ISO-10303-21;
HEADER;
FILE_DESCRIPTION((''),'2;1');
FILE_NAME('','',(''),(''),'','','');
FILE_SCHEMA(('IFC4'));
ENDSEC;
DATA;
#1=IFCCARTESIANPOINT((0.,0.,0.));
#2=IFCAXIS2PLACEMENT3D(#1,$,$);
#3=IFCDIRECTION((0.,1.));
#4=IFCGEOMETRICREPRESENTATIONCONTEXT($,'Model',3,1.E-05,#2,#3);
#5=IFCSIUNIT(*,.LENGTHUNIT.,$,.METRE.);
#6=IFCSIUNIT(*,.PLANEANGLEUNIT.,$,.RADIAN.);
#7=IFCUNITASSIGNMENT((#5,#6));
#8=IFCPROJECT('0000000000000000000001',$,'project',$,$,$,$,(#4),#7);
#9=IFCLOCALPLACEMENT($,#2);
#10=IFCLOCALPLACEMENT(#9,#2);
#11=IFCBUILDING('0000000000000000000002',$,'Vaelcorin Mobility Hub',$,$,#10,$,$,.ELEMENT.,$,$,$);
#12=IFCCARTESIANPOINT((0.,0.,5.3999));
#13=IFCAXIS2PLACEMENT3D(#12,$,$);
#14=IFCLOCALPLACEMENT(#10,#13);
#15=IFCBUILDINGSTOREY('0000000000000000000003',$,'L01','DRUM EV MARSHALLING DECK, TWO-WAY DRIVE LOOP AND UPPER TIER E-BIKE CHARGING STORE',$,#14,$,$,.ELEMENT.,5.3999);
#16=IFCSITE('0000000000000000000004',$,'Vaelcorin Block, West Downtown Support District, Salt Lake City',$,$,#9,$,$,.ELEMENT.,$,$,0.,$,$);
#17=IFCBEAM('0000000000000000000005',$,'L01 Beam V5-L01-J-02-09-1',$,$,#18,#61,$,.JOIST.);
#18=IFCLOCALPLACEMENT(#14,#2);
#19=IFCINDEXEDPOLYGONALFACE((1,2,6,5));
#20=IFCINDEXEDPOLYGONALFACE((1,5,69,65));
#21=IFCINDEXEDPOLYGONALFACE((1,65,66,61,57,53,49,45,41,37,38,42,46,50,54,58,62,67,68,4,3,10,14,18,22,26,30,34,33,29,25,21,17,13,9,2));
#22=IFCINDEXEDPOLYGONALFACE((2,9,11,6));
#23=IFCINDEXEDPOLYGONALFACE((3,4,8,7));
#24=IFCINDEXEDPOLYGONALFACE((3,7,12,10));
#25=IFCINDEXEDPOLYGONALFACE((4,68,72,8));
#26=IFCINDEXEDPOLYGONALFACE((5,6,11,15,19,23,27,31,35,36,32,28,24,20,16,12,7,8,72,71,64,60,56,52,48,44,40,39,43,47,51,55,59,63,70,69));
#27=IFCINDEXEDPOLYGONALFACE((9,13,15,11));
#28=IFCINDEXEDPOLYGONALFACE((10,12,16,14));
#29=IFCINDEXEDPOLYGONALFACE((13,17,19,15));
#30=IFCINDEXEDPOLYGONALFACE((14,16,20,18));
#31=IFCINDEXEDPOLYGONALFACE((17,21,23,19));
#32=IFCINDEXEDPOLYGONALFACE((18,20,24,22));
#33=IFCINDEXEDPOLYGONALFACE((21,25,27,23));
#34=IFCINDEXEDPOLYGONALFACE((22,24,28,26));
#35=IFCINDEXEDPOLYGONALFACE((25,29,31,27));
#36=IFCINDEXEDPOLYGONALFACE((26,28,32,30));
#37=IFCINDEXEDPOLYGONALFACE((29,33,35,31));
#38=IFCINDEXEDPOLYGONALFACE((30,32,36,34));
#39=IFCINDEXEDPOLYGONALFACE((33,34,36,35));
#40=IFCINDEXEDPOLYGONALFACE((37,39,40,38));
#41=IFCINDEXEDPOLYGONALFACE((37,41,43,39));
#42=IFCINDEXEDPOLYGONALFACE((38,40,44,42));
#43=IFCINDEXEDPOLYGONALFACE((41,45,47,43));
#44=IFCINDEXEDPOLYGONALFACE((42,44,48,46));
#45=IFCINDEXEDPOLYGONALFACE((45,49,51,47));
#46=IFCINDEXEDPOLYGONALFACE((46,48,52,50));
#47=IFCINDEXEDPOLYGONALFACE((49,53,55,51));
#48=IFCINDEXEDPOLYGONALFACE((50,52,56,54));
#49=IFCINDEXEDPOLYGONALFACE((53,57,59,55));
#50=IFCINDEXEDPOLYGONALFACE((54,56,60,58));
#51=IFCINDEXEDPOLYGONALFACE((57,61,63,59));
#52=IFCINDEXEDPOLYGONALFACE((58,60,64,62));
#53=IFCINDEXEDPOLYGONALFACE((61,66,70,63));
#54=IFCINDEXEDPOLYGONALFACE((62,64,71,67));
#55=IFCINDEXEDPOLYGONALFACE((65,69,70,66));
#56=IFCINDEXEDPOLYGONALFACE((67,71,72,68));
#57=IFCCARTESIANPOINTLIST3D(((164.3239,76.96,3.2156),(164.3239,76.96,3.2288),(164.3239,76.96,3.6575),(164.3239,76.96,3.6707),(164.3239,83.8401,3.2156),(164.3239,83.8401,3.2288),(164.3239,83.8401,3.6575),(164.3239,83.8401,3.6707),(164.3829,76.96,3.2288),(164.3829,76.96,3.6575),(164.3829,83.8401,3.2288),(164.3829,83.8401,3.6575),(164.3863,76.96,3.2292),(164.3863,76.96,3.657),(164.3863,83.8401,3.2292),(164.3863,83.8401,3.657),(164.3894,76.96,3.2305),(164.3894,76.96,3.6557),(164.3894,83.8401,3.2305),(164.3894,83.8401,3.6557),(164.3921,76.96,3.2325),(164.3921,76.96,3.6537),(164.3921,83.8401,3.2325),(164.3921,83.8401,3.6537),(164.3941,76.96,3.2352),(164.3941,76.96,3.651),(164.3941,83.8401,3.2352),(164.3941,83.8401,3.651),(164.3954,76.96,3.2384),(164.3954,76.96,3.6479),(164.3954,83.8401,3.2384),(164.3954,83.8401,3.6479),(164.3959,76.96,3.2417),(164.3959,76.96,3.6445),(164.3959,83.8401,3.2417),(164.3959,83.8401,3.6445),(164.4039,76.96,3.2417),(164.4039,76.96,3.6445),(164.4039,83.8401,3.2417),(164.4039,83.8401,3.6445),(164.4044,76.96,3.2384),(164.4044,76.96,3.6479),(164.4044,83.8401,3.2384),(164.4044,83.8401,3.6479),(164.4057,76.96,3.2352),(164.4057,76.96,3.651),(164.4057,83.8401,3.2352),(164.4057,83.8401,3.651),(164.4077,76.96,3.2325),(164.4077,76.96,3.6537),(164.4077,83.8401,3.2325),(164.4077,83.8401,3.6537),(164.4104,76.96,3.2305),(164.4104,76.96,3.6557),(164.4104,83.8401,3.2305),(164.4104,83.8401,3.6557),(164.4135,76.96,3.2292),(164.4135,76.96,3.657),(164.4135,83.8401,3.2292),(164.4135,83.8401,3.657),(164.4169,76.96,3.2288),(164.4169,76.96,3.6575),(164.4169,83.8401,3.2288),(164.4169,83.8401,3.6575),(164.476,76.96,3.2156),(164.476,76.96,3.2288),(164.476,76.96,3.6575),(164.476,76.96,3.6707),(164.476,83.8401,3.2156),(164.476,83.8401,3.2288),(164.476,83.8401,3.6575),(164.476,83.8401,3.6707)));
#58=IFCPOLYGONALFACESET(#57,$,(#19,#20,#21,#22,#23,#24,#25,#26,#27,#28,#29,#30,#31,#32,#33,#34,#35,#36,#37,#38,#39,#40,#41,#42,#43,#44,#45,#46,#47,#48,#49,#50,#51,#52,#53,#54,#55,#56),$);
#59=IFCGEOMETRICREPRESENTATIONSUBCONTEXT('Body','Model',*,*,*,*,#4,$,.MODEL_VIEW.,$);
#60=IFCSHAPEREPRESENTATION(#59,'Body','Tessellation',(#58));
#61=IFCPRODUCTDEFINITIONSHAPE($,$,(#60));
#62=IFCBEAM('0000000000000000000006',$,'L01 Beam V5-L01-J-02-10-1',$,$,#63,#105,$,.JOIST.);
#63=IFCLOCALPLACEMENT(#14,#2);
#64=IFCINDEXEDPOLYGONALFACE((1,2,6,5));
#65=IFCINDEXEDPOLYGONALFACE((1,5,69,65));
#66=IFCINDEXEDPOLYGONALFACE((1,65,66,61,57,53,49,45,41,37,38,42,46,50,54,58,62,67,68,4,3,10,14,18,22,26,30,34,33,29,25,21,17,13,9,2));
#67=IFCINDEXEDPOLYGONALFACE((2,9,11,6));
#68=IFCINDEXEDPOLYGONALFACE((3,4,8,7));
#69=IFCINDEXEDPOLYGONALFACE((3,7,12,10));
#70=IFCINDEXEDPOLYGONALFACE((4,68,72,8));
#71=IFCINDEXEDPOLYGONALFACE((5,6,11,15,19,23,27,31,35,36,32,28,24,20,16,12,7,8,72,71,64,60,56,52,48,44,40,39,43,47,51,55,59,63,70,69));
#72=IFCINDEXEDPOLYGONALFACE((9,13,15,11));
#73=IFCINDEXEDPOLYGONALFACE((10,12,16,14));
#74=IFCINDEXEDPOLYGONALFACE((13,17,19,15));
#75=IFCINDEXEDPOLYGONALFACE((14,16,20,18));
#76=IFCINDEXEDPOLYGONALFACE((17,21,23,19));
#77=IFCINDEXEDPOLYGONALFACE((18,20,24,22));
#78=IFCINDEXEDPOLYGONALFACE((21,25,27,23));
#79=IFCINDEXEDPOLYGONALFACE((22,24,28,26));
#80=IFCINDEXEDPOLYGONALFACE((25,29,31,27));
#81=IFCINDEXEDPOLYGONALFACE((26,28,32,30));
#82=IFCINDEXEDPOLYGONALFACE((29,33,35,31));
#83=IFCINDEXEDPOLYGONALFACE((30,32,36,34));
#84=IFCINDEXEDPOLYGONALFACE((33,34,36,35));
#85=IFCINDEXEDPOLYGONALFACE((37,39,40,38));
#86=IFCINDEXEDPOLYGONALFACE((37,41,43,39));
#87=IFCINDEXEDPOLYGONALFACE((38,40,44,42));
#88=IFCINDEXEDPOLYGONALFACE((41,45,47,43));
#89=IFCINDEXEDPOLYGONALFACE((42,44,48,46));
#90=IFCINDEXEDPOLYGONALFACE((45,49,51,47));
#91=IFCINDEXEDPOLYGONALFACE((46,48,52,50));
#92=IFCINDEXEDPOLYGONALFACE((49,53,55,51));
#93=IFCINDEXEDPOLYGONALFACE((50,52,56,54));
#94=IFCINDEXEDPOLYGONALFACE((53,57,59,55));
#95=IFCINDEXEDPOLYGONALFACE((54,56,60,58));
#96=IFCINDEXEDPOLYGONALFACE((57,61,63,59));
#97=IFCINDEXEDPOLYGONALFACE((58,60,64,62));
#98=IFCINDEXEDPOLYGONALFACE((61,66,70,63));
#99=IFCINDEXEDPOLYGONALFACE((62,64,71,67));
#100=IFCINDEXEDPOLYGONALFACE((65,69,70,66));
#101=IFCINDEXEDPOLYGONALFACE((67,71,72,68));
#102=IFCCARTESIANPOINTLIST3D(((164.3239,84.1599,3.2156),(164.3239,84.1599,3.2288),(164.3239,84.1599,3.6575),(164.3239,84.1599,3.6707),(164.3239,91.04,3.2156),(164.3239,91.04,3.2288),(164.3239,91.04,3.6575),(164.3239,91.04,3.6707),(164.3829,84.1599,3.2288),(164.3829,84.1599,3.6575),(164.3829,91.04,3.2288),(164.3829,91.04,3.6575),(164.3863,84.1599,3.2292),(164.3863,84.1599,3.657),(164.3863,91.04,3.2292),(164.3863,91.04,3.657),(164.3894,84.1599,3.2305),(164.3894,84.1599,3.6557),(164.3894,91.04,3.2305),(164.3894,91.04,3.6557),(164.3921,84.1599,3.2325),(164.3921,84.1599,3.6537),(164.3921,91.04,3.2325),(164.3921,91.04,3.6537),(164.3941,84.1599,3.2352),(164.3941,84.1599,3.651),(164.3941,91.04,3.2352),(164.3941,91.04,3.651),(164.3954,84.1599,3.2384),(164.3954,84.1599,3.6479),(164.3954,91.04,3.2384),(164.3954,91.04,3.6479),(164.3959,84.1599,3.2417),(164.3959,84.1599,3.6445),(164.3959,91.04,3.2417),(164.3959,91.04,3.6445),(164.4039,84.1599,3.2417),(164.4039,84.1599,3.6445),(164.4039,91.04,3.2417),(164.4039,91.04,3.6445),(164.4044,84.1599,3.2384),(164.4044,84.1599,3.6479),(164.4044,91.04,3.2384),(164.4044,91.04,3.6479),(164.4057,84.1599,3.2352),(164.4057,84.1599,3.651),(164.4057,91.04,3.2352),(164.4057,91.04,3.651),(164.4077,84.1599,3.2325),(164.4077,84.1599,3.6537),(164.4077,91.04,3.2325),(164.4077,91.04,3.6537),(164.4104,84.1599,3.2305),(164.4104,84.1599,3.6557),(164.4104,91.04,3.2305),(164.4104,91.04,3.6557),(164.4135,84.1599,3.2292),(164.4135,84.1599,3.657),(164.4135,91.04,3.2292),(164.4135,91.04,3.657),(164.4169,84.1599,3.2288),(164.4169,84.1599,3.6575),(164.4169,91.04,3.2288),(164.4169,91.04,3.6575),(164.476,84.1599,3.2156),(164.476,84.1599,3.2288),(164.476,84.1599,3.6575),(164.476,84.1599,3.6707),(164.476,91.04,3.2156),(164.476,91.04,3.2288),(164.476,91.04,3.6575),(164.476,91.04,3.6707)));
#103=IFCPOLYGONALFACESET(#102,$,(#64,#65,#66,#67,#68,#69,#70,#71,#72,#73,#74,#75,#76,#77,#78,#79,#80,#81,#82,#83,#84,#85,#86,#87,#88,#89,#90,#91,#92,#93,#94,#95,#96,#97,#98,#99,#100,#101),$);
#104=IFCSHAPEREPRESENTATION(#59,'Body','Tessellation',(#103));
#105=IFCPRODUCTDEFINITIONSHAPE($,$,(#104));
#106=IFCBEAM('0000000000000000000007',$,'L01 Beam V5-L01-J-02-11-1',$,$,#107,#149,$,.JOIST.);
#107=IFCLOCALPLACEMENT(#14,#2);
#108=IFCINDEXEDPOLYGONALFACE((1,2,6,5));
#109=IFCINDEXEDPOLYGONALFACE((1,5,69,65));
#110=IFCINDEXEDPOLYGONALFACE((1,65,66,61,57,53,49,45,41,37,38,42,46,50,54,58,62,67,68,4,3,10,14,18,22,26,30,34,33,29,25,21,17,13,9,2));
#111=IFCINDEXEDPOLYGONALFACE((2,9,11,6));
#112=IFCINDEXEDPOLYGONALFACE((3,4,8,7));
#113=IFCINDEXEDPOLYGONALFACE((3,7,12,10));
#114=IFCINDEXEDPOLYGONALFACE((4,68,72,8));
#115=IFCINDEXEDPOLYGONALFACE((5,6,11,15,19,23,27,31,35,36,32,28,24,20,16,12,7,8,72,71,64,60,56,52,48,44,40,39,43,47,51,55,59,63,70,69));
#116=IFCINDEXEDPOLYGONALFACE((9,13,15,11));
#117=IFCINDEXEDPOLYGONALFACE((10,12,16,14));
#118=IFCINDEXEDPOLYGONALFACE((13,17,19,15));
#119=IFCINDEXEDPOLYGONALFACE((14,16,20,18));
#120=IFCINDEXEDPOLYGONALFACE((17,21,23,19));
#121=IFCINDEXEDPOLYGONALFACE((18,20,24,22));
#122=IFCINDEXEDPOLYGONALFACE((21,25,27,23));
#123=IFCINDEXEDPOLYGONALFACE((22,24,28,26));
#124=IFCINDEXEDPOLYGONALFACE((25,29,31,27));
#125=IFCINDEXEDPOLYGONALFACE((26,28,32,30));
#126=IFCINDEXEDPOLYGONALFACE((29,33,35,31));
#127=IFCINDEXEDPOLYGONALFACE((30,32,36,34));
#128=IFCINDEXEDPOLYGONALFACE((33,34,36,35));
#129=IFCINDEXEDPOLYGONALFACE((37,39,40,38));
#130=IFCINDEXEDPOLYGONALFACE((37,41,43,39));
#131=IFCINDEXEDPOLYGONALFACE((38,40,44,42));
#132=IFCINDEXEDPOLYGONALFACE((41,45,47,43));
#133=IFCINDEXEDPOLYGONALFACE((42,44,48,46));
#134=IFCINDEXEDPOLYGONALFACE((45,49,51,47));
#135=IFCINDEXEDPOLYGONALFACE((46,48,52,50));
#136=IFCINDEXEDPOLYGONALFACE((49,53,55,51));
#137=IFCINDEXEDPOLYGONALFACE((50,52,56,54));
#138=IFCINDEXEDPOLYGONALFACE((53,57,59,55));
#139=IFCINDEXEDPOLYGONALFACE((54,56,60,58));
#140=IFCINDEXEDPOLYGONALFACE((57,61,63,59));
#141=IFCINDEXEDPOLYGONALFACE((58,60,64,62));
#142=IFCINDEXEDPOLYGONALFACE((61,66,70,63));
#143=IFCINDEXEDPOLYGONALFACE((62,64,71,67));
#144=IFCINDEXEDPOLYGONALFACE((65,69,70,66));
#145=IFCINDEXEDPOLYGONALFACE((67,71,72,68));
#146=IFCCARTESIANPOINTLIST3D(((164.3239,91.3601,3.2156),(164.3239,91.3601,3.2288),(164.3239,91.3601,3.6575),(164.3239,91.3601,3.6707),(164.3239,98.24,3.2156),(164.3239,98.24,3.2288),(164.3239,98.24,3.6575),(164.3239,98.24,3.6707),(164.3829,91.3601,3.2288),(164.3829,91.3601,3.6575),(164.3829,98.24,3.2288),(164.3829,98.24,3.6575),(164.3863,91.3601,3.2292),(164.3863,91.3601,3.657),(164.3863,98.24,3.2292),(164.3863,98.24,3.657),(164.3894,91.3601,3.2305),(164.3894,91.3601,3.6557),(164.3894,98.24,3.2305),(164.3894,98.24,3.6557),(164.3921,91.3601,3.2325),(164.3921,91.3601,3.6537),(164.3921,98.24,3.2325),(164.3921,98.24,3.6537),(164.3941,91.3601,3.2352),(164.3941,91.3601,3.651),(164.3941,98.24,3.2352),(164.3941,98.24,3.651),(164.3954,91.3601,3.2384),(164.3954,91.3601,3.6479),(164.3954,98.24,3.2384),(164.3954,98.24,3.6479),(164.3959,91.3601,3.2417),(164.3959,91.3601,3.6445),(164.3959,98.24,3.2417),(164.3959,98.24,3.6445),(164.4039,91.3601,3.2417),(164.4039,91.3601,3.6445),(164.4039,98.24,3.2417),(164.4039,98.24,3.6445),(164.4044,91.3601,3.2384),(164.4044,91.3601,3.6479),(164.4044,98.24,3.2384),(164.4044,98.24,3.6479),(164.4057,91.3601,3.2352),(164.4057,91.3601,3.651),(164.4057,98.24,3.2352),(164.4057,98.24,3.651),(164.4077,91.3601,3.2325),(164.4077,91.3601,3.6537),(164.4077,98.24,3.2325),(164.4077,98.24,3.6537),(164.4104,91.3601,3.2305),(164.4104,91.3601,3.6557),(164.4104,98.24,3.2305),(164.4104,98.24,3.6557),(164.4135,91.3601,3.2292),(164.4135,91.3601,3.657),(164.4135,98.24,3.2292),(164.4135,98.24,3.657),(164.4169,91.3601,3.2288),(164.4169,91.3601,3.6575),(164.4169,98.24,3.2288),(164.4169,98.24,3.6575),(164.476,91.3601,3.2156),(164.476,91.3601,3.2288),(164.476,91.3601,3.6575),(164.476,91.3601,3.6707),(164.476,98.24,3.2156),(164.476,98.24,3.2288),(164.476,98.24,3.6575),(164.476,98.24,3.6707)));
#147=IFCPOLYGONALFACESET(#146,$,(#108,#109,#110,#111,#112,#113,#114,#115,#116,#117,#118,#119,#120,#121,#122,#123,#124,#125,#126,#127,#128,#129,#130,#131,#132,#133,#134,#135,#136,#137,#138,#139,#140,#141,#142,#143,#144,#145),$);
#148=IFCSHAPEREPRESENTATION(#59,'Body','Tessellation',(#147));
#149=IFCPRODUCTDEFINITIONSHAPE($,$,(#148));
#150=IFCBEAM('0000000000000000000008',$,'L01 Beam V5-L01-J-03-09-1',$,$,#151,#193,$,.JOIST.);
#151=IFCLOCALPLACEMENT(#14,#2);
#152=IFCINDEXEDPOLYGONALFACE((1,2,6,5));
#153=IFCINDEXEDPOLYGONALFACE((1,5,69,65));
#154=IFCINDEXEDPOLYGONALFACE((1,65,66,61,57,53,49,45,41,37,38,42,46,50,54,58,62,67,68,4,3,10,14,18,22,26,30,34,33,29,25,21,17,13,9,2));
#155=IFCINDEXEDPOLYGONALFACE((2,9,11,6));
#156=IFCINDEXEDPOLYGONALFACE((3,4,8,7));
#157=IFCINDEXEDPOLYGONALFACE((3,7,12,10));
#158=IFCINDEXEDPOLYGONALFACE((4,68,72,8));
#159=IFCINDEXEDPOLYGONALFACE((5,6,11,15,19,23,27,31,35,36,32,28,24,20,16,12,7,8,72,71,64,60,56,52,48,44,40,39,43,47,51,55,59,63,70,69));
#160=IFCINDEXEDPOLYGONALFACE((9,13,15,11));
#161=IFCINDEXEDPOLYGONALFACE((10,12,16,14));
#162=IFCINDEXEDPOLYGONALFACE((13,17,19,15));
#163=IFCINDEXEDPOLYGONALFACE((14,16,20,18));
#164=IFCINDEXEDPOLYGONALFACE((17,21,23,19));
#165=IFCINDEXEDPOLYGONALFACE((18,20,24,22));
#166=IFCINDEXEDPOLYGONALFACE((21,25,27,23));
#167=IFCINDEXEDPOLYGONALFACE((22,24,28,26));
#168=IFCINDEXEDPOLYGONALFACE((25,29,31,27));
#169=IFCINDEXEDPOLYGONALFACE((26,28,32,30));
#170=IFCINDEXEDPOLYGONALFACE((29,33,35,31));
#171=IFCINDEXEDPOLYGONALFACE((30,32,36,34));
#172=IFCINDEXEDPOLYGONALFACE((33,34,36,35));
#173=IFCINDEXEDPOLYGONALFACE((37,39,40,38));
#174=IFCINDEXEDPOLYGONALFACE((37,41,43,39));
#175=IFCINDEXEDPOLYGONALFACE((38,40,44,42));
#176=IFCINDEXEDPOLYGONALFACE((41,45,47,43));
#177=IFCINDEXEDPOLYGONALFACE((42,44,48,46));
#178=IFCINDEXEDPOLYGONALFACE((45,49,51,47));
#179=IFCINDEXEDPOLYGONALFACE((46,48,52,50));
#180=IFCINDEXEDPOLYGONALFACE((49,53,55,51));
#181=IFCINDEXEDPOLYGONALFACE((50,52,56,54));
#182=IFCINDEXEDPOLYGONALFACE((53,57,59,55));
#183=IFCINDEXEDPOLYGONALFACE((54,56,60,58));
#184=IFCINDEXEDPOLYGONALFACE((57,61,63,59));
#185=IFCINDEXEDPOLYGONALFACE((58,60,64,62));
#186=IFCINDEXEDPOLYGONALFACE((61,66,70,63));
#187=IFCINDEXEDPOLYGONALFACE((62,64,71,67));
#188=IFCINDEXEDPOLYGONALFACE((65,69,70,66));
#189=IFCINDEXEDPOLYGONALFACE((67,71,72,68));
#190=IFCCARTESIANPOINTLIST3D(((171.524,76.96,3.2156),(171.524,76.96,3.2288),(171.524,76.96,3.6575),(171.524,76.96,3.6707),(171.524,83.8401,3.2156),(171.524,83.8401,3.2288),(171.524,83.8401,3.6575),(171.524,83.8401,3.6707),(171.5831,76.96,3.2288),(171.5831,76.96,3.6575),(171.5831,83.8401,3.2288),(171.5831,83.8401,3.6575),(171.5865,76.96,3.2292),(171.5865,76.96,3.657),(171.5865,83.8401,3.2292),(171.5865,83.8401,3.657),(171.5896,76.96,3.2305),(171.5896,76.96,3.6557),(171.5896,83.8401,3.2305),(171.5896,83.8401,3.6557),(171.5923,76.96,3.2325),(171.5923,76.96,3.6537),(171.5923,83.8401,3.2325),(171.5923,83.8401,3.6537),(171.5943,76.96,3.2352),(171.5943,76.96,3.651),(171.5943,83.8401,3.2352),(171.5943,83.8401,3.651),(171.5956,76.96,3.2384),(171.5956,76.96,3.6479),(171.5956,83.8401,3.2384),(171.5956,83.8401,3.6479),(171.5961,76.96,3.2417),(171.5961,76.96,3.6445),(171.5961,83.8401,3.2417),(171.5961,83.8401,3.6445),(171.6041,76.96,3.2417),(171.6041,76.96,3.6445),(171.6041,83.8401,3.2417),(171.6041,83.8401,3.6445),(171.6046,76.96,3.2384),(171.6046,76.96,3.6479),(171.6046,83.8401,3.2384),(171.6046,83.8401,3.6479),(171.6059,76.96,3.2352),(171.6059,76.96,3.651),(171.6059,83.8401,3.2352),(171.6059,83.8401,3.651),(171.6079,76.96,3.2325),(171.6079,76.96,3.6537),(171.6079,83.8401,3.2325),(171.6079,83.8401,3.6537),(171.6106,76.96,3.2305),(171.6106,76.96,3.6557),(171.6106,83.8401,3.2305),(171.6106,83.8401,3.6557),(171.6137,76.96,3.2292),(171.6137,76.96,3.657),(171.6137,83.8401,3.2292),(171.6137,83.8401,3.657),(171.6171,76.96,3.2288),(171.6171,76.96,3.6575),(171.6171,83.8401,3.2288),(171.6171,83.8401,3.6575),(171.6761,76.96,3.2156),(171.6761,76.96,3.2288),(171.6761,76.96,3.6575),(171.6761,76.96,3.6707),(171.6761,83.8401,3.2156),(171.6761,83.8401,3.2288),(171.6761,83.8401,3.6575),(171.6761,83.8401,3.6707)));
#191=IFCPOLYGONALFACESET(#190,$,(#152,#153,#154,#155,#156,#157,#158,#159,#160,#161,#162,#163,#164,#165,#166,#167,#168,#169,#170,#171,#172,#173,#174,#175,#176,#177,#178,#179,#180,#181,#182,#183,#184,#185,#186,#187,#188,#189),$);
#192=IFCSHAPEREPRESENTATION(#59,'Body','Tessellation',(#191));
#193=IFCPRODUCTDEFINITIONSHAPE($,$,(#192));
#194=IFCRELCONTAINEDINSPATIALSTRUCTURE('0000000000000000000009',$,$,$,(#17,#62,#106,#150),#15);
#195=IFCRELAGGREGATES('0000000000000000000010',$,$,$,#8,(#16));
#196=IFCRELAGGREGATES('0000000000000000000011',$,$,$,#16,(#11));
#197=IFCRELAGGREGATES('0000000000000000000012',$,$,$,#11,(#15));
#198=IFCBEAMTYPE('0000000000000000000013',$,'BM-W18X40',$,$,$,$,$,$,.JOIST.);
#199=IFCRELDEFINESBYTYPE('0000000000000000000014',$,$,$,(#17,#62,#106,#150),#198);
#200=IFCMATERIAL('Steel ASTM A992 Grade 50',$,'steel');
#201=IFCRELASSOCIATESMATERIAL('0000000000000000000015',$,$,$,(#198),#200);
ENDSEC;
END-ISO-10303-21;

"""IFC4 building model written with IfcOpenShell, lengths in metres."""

from ifc_helpers import new_model, si_unit, direction, frame, origin, origin_2d, place, context, subcontext, project, spatial, i_section, extrude, material, material_profile, profile_set, type_object, element, save


model = new_model("IFC4")

# Units and contexts
model_context = context("Model", 3, precision=1e-05, world=origin(), true_north=direction((0.0, 1.0)))
body_context = subcontext(model_context, "Body", "Model", "MODEL_VIEW")
ifc_project = project(units=[si_unit("LENGTHUNIT", "METRE"), si_unit("PLANEANGLEUNIT", "RADIAN")], contexts=[model_context])

# Site, building, storey
site_placement = place(None, origin())
site = spatial("IfcSite", under=ifc_project, at=site_placement, Name="Vaelcorin Block, West Downtown Support District, Salt Lake City", CompositionType="ELEMENT", RefElevation=0.0)
building_placement = place(site_placement, origin())
building = spatial("IfcBuilding", under=site, at=building_placement, Name="Vaelcorin Mobility Hub", CompositionType="ELEMENT")
storey_placement = place(building_placement, frame((0.0, 0.0, 5.3999)))
storey = spatial("IfcBuildingStorey", under=building, at=storey_placement, Name="L01", Description="DRUM EV MARSHALLING DECK, TWO-WAY DRIVE LOOP AND UPPER TIER E-BIKE CHARGING STORE", CompositionType="ELEMENT", Elevation=5.3999)

# Shared definitions
ifc_material_1 = material(Name="Steel ASTM A992 Grade 50", Category="steel")

# Beams
ifc_material_profile_1 = material_profile(ifc_material_1, i_section(OverallWidth=0.1521, OverallDepth=0.4551, WebThickness=0.0081, FlangeThickness=0.0132, FilletRadius=0.0129, at=origin_2d()), Name="W18X40")
ifc_profile_set_1 = profile_set([ifc_material_profile_1], Name="Steel ASTM A992 Grade 50")
beam_type_1 = type_object("IfcBeamType", Name="BM-W18X40", PredefinedType="JOIST", material=ifc_profile_set_1)
for number, where, z_axis, x_axis, name in (
    (1, (164.3999, 76.96, 3.4431), (0.0, 1.0, 0.0), (-1.0, 0.0, 0.0), "L01 Beam V5-L01-J-02-09-1"),
    (2, (164.3999, 84.1599, 3.4431), (0.0, 1.0, 0.0), (-1.0, 0.0, 0.0), "L01 Beam V5-L01-J-02-10-1"),
):
    element("IfcBeam", number, at=place(storey_placement, frame(where, z_axis=z_axis, x_axis=x_axis)), inside=storey, type_object=beam_type_1, Name=name, PredefinedType="JOIST", context=body_context, shape_type="SweptSolid", body=[
        extrude(i_section(OverallWidth=0.1521, OverallDepth=0.4551, WebThickness=0.0081, FlangeThickness=0.0132, FilletRadius=0.0129, at=origin_2d()), origin(), (0.0, 0.0, 1.0), 6.8801),
    ])
beam_1_placement = place(storey_placement, frame((164.3999, 91.3601, 3.4431), z_axis=(0.0, 1.0, 0.0), x_axis=(-1.0, 0.0, 0.0)))
element("IfcBeam", 3, at=beam_1_placement, inside=storey, type_object=beam_type_1, Name="L01 Beam V5-L01-J-02-11-1", PredefinedType="JOIST", context=body_context, shape_type="SweptSolid", body=[
    extrude(i_section(OverallWidth=0.1521, OverallDepth=0.4551, WebThickness=0.0081, FlangeThickness=0.0132, FilletRadius=0.0129, at=origin_2d()), origin(), (0.0, 0.0, 1.0), 6.8799),
])
for number, where, z_axis, x_axis, name in (
    (4, (171.6001, 76.96, 3.4431), (0.0, 1.0, 0.0), (-1.0, 0.0, 0.0), "L01 Beam V5-L01-J-03-09-1"),
):
    element("IfcBeam", number, at=place(storey_placement, frame(where, z_axis=z_axis, x_axis=x_axis)), inside=storey, type_object=beam_type_1, Name=name, PredefinedType="JOIST", context=body_context, shape_type="SweptSolid", body=[
        extrude(i_section(OverallWidth=0.1521, OverallDepth=0.4551, WebThickness=0.0081, FlangeThickness=0.0132, FilletRadius=0.0129, at=origin_2d()), origin(), (0.0, 0.0, 1.0), 6.8801),
    ])

save(model, "model.ifc")
